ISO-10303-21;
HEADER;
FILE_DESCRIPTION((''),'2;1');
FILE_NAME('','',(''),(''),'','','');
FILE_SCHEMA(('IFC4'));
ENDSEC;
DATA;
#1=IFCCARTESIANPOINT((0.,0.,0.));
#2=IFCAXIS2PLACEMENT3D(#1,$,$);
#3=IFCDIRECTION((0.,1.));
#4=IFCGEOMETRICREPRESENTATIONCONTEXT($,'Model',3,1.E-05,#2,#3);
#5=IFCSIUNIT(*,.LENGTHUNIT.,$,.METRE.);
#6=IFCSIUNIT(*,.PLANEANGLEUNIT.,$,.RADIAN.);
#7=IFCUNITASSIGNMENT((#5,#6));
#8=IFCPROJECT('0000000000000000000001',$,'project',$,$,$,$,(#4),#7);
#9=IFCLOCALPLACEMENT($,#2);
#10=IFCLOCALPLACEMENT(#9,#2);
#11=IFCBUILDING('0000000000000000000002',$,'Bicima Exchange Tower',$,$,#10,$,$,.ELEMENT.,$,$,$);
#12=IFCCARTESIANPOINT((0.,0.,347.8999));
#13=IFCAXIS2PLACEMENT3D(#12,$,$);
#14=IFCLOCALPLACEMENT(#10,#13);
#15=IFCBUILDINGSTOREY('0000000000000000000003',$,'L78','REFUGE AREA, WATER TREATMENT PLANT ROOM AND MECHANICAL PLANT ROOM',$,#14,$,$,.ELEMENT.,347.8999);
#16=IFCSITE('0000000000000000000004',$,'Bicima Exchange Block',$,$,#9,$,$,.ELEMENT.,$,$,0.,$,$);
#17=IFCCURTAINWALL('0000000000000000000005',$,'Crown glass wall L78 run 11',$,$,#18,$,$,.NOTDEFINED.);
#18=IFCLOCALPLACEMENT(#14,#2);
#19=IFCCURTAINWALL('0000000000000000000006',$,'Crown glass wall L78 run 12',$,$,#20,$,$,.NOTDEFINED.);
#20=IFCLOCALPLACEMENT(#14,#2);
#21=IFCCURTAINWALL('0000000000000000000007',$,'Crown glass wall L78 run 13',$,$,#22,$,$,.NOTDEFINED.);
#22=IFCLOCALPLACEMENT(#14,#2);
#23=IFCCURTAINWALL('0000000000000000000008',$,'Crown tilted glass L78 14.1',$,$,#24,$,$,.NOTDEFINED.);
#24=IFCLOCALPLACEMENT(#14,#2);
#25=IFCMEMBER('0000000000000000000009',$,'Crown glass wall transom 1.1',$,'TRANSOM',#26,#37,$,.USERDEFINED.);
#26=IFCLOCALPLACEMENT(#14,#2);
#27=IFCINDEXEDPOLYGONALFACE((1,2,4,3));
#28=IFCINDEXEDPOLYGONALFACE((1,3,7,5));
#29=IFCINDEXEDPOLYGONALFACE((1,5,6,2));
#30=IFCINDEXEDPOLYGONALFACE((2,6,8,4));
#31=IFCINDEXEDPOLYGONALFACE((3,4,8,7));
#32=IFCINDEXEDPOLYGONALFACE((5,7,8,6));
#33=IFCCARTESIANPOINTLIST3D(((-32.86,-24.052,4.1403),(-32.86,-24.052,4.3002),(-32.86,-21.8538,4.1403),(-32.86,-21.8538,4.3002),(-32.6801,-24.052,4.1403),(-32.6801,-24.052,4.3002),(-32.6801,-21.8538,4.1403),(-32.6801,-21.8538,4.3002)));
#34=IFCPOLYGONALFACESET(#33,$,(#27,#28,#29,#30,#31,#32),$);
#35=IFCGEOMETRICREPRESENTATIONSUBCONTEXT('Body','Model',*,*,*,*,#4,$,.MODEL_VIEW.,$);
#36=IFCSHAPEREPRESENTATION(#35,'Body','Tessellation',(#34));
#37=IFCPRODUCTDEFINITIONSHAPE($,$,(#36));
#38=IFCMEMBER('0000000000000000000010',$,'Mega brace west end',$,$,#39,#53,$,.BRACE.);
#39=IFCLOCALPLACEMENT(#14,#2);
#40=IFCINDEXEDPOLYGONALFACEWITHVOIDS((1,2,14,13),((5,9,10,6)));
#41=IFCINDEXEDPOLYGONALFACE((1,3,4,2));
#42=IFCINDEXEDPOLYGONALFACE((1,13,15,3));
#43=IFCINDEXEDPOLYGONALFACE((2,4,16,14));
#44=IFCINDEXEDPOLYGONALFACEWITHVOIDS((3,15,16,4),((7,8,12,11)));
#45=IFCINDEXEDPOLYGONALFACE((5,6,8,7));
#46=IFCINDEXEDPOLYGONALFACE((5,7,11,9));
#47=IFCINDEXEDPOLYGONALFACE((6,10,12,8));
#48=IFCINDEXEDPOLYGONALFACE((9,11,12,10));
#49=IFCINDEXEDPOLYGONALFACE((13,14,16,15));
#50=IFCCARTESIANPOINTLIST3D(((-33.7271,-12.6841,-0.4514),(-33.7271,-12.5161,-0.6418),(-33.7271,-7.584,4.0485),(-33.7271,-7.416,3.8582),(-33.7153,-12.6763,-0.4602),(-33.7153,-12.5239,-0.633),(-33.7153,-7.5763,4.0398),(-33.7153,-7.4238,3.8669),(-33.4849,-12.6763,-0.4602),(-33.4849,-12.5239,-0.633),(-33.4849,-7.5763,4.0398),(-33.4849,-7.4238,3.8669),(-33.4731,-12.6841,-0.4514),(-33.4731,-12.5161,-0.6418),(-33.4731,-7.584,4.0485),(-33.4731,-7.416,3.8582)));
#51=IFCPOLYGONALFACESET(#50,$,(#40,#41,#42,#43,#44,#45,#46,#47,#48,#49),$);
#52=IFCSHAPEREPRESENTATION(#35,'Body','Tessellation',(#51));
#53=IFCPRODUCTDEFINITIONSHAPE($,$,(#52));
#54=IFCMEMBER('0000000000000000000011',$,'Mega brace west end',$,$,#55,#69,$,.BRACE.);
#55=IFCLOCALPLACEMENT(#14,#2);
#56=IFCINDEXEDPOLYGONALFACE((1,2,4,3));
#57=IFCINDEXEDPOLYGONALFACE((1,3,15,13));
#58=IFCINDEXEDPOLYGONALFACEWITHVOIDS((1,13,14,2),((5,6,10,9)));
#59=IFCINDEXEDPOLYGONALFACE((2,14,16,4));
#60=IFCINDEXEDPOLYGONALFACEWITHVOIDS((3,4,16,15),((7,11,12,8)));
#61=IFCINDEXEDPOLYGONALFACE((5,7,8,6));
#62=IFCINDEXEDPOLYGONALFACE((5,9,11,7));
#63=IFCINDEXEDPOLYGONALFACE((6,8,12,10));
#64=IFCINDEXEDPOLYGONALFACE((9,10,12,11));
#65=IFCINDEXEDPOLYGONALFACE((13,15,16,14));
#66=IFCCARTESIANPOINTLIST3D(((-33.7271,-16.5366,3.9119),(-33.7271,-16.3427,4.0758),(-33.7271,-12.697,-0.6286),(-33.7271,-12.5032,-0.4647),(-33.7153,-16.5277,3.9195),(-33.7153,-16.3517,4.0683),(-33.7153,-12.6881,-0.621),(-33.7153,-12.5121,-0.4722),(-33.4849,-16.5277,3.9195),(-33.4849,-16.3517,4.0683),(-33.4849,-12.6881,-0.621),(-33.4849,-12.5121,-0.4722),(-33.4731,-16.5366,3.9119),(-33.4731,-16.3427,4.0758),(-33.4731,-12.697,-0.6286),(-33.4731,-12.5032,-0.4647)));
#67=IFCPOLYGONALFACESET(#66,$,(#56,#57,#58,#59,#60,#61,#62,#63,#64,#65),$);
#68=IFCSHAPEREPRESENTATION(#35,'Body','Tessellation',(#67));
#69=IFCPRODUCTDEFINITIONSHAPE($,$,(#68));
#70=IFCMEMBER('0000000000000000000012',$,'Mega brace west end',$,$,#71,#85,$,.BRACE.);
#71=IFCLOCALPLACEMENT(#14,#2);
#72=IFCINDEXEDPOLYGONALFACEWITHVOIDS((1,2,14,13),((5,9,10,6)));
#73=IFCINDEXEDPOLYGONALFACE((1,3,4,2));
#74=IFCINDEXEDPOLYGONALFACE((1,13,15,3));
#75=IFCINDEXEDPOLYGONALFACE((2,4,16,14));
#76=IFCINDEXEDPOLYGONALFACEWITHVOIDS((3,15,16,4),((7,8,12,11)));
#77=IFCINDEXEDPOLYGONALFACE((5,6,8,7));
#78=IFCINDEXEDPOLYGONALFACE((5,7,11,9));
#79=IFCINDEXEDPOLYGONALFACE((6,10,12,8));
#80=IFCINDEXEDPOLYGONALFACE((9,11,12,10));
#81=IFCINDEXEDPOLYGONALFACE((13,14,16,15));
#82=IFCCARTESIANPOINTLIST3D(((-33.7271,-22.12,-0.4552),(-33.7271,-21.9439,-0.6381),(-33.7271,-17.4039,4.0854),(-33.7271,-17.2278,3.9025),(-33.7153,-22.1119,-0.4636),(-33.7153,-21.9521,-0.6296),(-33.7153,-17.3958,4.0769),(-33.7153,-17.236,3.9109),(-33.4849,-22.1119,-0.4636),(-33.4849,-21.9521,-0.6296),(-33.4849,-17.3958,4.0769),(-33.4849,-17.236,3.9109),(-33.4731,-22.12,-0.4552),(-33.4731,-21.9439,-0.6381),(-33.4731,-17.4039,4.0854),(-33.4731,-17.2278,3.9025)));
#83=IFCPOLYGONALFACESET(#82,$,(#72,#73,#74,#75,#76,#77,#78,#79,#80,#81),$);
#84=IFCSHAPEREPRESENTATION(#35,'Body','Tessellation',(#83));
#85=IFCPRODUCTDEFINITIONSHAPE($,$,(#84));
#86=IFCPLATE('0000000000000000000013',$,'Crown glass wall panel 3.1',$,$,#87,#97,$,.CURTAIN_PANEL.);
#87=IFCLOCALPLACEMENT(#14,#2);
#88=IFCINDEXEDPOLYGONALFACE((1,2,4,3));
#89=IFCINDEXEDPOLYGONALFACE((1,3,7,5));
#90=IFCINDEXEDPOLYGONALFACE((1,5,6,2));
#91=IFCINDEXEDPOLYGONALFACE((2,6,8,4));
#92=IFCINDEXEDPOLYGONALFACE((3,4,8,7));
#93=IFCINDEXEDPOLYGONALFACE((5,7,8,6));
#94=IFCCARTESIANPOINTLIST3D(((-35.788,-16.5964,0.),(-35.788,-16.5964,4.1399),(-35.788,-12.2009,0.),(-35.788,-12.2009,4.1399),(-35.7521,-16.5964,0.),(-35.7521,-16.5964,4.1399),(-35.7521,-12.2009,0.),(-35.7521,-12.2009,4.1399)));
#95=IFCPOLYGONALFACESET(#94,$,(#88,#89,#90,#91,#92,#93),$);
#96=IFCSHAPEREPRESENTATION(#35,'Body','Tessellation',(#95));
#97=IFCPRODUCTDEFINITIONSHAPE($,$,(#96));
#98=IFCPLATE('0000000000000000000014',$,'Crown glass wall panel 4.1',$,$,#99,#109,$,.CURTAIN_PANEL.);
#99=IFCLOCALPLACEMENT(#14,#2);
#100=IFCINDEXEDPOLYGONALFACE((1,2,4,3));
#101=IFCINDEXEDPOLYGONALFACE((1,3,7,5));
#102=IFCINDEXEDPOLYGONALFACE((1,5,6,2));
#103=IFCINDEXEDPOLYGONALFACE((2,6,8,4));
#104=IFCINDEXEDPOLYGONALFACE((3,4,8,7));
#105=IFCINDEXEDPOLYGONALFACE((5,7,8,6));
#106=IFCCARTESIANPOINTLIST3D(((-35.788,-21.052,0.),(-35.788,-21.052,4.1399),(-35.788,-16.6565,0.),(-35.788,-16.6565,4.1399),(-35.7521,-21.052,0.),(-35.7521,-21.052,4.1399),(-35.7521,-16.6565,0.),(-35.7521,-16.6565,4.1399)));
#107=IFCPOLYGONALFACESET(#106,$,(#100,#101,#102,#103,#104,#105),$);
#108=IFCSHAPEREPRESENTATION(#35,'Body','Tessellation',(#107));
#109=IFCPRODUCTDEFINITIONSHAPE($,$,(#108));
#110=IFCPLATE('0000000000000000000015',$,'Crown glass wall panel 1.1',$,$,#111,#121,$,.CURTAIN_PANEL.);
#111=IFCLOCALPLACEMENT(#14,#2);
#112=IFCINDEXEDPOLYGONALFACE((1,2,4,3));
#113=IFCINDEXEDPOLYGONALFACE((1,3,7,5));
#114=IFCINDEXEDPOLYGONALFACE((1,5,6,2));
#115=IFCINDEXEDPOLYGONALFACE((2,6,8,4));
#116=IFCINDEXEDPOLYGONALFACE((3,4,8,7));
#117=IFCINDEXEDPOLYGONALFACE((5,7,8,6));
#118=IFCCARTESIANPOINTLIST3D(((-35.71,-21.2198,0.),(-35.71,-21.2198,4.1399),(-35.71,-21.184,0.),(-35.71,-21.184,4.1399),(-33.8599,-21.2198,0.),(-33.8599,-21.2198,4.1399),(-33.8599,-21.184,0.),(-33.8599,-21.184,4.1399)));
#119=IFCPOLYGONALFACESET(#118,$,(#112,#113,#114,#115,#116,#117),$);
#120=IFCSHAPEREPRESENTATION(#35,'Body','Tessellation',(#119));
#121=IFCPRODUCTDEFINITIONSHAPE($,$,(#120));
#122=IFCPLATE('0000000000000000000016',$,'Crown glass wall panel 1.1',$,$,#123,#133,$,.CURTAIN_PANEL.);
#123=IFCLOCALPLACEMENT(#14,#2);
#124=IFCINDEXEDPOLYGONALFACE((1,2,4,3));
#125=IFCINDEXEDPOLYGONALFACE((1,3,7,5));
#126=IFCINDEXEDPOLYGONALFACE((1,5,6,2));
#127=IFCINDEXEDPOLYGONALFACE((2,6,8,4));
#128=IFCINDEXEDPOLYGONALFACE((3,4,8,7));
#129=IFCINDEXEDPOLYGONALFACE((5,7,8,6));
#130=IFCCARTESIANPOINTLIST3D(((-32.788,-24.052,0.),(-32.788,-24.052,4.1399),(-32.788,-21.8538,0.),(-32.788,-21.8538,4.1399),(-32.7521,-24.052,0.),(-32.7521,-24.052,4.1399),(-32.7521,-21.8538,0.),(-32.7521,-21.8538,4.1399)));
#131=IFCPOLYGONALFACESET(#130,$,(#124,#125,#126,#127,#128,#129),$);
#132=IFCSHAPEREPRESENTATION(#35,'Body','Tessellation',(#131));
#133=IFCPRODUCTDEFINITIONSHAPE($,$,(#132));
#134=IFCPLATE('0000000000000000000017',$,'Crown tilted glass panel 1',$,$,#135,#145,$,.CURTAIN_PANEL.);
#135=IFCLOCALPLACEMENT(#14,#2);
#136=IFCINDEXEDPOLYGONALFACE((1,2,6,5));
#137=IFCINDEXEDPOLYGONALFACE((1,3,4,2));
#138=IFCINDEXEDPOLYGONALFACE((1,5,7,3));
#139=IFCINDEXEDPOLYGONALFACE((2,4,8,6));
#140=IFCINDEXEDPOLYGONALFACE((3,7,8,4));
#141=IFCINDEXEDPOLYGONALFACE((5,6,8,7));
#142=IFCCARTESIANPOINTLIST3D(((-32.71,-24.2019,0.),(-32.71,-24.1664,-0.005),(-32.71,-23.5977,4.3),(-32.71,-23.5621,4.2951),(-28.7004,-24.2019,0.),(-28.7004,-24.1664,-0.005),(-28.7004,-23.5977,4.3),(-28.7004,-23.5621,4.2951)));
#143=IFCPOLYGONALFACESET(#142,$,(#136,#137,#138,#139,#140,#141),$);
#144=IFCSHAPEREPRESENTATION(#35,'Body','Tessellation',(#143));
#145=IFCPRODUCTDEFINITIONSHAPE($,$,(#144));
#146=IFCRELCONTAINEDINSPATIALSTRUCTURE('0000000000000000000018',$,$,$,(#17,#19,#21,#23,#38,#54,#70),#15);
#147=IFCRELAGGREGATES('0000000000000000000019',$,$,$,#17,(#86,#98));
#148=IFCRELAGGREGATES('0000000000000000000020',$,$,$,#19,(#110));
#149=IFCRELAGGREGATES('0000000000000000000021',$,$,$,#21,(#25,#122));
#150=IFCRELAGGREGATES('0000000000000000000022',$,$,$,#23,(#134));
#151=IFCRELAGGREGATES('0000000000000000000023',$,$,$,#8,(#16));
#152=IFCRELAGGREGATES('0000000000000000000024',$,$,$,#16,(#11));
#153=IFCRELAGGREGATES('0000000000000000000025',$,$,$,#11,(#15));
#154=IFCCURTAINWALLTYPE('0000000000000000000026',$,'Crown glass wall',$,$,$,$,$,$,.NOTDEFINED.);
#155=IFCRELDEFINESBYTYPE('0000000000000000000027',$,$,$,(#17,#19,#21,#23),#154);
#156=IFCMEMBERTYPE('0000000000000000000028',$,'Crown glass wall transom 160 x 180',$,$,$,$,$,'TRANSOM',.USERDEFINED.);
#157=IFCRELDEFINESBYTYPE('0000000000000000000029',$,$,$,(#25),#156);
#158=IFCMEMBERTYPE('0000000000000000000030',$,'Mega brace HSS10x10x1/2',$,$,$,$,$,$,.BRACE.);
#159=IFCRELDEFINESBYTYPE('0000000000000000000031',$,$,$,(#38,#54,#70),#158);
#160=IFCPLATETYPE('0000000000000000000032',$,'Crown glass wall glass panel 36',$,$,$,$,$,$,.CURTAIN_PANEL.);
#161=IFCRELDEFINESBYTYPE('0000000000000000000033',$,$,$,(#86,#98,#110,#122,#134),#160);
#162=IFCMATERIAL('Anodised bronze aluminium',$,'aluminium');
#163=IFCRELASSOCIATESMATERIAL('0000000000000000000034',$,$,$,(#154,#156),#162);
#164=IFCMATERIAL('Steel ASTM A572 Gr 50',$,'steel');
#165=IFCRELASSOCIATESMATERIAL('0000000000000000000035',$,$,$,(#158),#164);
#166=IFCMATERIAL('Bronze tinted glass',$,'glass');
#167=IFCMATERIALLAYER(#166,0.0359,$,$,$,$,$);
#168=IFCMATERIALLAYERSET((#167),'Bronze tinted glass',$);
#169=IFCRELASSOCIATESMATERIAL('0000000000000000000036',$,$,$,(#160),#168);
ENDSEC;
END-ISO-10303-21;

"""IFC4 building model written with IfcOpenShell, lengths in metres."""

from ifc_helpers import new_model, si_unit, direction, frame, origin, origin_2d, place, context, subcontext, project, spatial, polyline, rectangle, hollow_rectangle, outline, extrude, material, layer, layer_set, material_profile, profile_set, type_object, element, aggregate, save


model = new_model("IFC4")

# Units and contexts
model_context = context("Model", 3, precision=1e-05, world=origin(), true_north=direction((0.0, 1.0)))
body_context = subcontext(model_context, "Body", "Model", "MODEL_VIEW")
ifc_project = project(units=[si_unit("LENGTHUNIT", "METRE"), si_unit("PLANEANGLEUNIT", "RADIAN")], contexts=[model_context])

# Site, building, storey
site_placement = place(None, origin())
site = spatial("IfcSite", under=ifc_project, at=site_placement, Name="Bicima Exchange Block", CompositionType="ELEMENT", RefElevation=0.0)
building_placement = place(site_placement, origin())
building = spatial("IfcBuilding", under=site, at=building_placement, Name="Bicima Exchange Tower", CompositionType="ELEMENT")
storey_placement = place(building_placement, frame((0.0, 0.0, 347.8999)))
storey = spatial("IfcBuildingStorey", under=building, at=storey_placement, Name="L78", Description="REFUGE AREA, WATER TREATMENT PLANT ROOM AND MECHANICAL PLANT ROOM", CompositionType="ELEMENT", Elevation=347.8999)

# Shared definitions
ifc_material_1 = material(Name="Steel ASTM A572 Gr 50", Category="steel")

# Curtain walls
ifc_material_2 = material(Name="Anodised bronze aluminium", Category="aluminium")
curtain_wall_type = type_object("IfcCurtainWallType", Name="Crown glass wall", PredefinedType="NOTDEFINED", material=ifc_material_2)
curtain_wall_1_placement = place(storey_placement, origin())
curtain_wall_1 = element("IfcCurtainWall", 1, at=curtain_wall_1_placement, inside=storey, type_object=curtain_wall_type, Name="Crown glass wall L78 run 11", PredefinedType="NOTDEFINED")
curtain_wall_2_placement = place(storey_placement, origin())
curtain_wall_2 = element("IfcCurtainWall", 2, at=curtain_wall_2_placement, inside=storey, type_object=curtain_wall_type, Name="Crown glass wall L78 run 12", PredefinedType="NOTDEFINED")
curtain_wall_3_placement = place(storey_placement, origin())
curtain_wall_3 = element("IfcCurtainWall", 3, at=curtain_wall_3_placement, inside=storey, type_object=curtain_wall_type, Name="Crown glass wall L78 run 13", PredefinedType="NOTDEFINED")

# Curtain wall
curtain_wall_4_placement = place(storey_placement, origin())
curtain_wall_4 = element("IfcCurtainWall", 4, at=curtain_wall_4_placement, inside=storey, type_object=curtain_wall_type, Name="Crown tilted glass L78 14.1", PredefinedType="NOTDEFINED")

# Member
ifc_material_profile_1 = material_profile(ifc_material_2, rectangle(XDim=0.1799, YDim=0.1599, at=origin_2d()))
ifc_profile_set_1 = profile_set([ifc_material_profile_1], Name="Anodised bronze aluminium")
member_type_1 = type_object("IfcMemberType", Name="Crown glass wall transom 160 x 180", ElementType="TRANSOM", PredefinedType="USERDEFINED", material=ifc_profile_set_1)
member_1_placement = place(storey_placement, frame((-32.77, -21.8538, 4.2202), z_axis=(0.0, -1.0, 0.0), x_axis=(1.0, 0.0, 0.0)))
member_1 = element("IfcMember", 5, at=member_1_placement, type_object=member_type_1, Name="Crown glass wall transom 1.1", ObjectType="TRANSOM", PredefinedType="USERDEFINED", context=body_context, shape_type="SweptSolid", body=[
    extrude(rectangle(XDim=0.1799, YDim=0.1599, at=origin_2d()), origin(), (0.0, 0.0, 1.0), 2.1982),
])

# Members
ifc_material_profile_2 = material_profile(ifc_material_1, hollow_rectangle(XDim=0.2539, YDim=0.2539, WallThickness=0.0117, at=origin_2d()))
ifc_profile_set_2 = profile_set([ifc_material_profile_2], Name="Steel ASTM A572 Gr 50")
member_type_2 = type_object("IfcMemberType", Name="Mega brace HSS10x10x1/2", PredefinedType="BRACE", material=ifc_profile_set_2)
member_2_placement = place(storey_placement, frame((-33.6001, -12.6001, -0.5466), z_axis=(0.0, 0.749844, 0.661615), x_axis=(-1.0, 0.0, 0.0)))
element("IfcMember", 6, at=member_2_placement, inside=storey, type_object=member_type_2, Name="Mega brace west end", PredefinedType="BRACE", context=body_context, shape_type="SweptSolid", body=[
    extrude(hollow_rectangle(XDim=0.2539, YDim=0.2539, WallThickness=0.0117, at=origin_2d()), origin(), (0.0, 0.0, 1.0), 6.8015),
])
member_3_placement = place(storey_placement, frame((-33.6001, -12.6001, -0.5466), z_axis=(0.0, -0.645708, 0.763584), x_axis=(1.0, 0.0, 0.0)))
element("IfcMember", 7, at=member_3_placement, inside=storey, type_object=member_type_2, Name="Mega brace west end", PredefinedType="BRACE", context=body_context, shape_type="SweptSolid", body=[
    extrude(hollow_rectangle(XDim=0.2539, YDim=0.2539, WallThickness=0.0117, at=origin_2d()), origin(), (0.0, 0.0, 1.0), 5.9463),
])
member_4_placement = place(storey_placement, frame((-33.6001, -22.032, -0.5466), z_axis=(0.0, 0.720386, 0.693573), x_axis=(-1.0, 0.0, 0.0)))
element("IfcMember", 8, at=member_4_placement, inside=storey, type_object=member_type_2, Name="Mega brace west end", PredefinedType="BRACE", context=body_context, shape_type="SweptSolid", body=[
    extrude(hollow_rectangle(XDim=0.2539, YDim=0.2539, WallThickness=0.0117, at=origin_2d()), origin(), (0.0, 0.0, 1.0), 6.5466),
])

# Plates
ifc_material_3 = material(Name="Bronze tinted glass", Category="glass")
ifc_layer_1 = layer(ifc_material_3, 0.0359)
ifc_layer_set_1 = layer_set([ifc_layer_1], Name="Bronze tinted glass")
plate_type = type_object("IfcPlateType", Name="Crown glass wall glass panel 36", PredefinedType="CURTAIN_PANEL", material=ifc_layer_set_1)
plate_1_placement = place(storey_placement, frame((-35.77, -14.3987, 0.0), z_axis=(0.0, 0.0, 1.0), x_axis=(0.0, -1.0, 0.0)))
plate_1 = element("IfcPlate", 9, at=plate_1_placement, type_object=plate_type, Name="Crown glass wall panel 3.1", PredefinedType="CURTAIN_PANEL", context=body_context, shape_type="SweptSolid", body=[
    extrude(rectangle(XDim=4.3955, YDim=0.0359, at=origin_2d()), origin(), (0.0, 0.0, 1.0), 4.1399),
])
plate_2_placement = place(storey_placement, frame((-35.77, -18.8542, 0.0), z_axis=(0.0, 0.0, 1.0), x_axis=(0.0, -1.0, 0.0)))
plate_2 = element("IfcPlate", 10, at=plate_2_placement, type_object=plate_type, Name="Crown glass wall panel 4.1", PredefinedType="CURTAIN_PANEL", context=body_context, shape_type="SweptSolid", body=[
    extrude(rectangle(XDim=4.3955, YDim=0.0359, at=origin_2d()), origin(), (0.0, 0.0, 1.0), 4.1399),
])
aggregate(curtain_wall_1, [plate_1, plate_2])
plate_3_placement = place(storey_placement, frame((-34.7849, -21.2019, 0.0), z_axis=(0.0, 0.0, 1.0), x_axis=(1.0, 0.0, 0.0)))
plate_3 = element("IfcPlate", 11, at=plate_3_placement, type_object=plate_type, Name="Crown glass wall panel 1.1", PredefinedType="CURTAIN_PANEL", context=body_context, shape_type="SweptSolid", body=[
    extrude(rectangle(XDim=1.8501, YDim=0.0359, at=origin_2d()), origin(), (0.0, 0.0, 1.0), 4.1399),
])
aggregate(curtain_wall_2, [plate_3])
plate_4_placement = place(storey_placement, frame((-32.77, -22.9529, 0.0), z_axis=(0.0, 0.0, 1.0), x_axis=(0.0, -1.0, 0.0)))
plate_4 = element("IfcPlate", 12, at=plate_4_placement, type_object=plate_type, Name="Crown glass wall panel 1.1", PredefinedType="CURTAIN_PANEL", context=body_context, shape_type="SweptSolid", body=[
    extrude(rectangle(XDim=2.1982, YDim=0.0359, at=origin_2d()), origin(), (0.0, 0.0, 1.0), 4.1399),
])
aggregate(curtain_wall_3, [member_1, plate_4])
plate_5_placement = place(storey_placement, frame((-32.71, -24.2019, 0.0), z_axis=(0.0, -0.990271, 0.139154), x_axis=(1.0, 0.0, 0.0)))
plate_5 = element("IfcPlate", 13, at=plate_5_placement, type_object=plate_type, Name="Crown tilted glass panel 1", PredefinedType="CURTAIN_PANEL", context=body_context, shape_type="SweptSolid", body=[
    extrude(outline(polyline([(0.0, 0.0), (4.0095, 0.0), (4.0095, 4.3423), (0.0, 4.3423), (0.0, 0.0)])), origin(), (0.0, 0.0, -1.0), 0.0359),
])
aggregate(curtain_wall_4, [plate_5])

save(model, "model.ifc")
